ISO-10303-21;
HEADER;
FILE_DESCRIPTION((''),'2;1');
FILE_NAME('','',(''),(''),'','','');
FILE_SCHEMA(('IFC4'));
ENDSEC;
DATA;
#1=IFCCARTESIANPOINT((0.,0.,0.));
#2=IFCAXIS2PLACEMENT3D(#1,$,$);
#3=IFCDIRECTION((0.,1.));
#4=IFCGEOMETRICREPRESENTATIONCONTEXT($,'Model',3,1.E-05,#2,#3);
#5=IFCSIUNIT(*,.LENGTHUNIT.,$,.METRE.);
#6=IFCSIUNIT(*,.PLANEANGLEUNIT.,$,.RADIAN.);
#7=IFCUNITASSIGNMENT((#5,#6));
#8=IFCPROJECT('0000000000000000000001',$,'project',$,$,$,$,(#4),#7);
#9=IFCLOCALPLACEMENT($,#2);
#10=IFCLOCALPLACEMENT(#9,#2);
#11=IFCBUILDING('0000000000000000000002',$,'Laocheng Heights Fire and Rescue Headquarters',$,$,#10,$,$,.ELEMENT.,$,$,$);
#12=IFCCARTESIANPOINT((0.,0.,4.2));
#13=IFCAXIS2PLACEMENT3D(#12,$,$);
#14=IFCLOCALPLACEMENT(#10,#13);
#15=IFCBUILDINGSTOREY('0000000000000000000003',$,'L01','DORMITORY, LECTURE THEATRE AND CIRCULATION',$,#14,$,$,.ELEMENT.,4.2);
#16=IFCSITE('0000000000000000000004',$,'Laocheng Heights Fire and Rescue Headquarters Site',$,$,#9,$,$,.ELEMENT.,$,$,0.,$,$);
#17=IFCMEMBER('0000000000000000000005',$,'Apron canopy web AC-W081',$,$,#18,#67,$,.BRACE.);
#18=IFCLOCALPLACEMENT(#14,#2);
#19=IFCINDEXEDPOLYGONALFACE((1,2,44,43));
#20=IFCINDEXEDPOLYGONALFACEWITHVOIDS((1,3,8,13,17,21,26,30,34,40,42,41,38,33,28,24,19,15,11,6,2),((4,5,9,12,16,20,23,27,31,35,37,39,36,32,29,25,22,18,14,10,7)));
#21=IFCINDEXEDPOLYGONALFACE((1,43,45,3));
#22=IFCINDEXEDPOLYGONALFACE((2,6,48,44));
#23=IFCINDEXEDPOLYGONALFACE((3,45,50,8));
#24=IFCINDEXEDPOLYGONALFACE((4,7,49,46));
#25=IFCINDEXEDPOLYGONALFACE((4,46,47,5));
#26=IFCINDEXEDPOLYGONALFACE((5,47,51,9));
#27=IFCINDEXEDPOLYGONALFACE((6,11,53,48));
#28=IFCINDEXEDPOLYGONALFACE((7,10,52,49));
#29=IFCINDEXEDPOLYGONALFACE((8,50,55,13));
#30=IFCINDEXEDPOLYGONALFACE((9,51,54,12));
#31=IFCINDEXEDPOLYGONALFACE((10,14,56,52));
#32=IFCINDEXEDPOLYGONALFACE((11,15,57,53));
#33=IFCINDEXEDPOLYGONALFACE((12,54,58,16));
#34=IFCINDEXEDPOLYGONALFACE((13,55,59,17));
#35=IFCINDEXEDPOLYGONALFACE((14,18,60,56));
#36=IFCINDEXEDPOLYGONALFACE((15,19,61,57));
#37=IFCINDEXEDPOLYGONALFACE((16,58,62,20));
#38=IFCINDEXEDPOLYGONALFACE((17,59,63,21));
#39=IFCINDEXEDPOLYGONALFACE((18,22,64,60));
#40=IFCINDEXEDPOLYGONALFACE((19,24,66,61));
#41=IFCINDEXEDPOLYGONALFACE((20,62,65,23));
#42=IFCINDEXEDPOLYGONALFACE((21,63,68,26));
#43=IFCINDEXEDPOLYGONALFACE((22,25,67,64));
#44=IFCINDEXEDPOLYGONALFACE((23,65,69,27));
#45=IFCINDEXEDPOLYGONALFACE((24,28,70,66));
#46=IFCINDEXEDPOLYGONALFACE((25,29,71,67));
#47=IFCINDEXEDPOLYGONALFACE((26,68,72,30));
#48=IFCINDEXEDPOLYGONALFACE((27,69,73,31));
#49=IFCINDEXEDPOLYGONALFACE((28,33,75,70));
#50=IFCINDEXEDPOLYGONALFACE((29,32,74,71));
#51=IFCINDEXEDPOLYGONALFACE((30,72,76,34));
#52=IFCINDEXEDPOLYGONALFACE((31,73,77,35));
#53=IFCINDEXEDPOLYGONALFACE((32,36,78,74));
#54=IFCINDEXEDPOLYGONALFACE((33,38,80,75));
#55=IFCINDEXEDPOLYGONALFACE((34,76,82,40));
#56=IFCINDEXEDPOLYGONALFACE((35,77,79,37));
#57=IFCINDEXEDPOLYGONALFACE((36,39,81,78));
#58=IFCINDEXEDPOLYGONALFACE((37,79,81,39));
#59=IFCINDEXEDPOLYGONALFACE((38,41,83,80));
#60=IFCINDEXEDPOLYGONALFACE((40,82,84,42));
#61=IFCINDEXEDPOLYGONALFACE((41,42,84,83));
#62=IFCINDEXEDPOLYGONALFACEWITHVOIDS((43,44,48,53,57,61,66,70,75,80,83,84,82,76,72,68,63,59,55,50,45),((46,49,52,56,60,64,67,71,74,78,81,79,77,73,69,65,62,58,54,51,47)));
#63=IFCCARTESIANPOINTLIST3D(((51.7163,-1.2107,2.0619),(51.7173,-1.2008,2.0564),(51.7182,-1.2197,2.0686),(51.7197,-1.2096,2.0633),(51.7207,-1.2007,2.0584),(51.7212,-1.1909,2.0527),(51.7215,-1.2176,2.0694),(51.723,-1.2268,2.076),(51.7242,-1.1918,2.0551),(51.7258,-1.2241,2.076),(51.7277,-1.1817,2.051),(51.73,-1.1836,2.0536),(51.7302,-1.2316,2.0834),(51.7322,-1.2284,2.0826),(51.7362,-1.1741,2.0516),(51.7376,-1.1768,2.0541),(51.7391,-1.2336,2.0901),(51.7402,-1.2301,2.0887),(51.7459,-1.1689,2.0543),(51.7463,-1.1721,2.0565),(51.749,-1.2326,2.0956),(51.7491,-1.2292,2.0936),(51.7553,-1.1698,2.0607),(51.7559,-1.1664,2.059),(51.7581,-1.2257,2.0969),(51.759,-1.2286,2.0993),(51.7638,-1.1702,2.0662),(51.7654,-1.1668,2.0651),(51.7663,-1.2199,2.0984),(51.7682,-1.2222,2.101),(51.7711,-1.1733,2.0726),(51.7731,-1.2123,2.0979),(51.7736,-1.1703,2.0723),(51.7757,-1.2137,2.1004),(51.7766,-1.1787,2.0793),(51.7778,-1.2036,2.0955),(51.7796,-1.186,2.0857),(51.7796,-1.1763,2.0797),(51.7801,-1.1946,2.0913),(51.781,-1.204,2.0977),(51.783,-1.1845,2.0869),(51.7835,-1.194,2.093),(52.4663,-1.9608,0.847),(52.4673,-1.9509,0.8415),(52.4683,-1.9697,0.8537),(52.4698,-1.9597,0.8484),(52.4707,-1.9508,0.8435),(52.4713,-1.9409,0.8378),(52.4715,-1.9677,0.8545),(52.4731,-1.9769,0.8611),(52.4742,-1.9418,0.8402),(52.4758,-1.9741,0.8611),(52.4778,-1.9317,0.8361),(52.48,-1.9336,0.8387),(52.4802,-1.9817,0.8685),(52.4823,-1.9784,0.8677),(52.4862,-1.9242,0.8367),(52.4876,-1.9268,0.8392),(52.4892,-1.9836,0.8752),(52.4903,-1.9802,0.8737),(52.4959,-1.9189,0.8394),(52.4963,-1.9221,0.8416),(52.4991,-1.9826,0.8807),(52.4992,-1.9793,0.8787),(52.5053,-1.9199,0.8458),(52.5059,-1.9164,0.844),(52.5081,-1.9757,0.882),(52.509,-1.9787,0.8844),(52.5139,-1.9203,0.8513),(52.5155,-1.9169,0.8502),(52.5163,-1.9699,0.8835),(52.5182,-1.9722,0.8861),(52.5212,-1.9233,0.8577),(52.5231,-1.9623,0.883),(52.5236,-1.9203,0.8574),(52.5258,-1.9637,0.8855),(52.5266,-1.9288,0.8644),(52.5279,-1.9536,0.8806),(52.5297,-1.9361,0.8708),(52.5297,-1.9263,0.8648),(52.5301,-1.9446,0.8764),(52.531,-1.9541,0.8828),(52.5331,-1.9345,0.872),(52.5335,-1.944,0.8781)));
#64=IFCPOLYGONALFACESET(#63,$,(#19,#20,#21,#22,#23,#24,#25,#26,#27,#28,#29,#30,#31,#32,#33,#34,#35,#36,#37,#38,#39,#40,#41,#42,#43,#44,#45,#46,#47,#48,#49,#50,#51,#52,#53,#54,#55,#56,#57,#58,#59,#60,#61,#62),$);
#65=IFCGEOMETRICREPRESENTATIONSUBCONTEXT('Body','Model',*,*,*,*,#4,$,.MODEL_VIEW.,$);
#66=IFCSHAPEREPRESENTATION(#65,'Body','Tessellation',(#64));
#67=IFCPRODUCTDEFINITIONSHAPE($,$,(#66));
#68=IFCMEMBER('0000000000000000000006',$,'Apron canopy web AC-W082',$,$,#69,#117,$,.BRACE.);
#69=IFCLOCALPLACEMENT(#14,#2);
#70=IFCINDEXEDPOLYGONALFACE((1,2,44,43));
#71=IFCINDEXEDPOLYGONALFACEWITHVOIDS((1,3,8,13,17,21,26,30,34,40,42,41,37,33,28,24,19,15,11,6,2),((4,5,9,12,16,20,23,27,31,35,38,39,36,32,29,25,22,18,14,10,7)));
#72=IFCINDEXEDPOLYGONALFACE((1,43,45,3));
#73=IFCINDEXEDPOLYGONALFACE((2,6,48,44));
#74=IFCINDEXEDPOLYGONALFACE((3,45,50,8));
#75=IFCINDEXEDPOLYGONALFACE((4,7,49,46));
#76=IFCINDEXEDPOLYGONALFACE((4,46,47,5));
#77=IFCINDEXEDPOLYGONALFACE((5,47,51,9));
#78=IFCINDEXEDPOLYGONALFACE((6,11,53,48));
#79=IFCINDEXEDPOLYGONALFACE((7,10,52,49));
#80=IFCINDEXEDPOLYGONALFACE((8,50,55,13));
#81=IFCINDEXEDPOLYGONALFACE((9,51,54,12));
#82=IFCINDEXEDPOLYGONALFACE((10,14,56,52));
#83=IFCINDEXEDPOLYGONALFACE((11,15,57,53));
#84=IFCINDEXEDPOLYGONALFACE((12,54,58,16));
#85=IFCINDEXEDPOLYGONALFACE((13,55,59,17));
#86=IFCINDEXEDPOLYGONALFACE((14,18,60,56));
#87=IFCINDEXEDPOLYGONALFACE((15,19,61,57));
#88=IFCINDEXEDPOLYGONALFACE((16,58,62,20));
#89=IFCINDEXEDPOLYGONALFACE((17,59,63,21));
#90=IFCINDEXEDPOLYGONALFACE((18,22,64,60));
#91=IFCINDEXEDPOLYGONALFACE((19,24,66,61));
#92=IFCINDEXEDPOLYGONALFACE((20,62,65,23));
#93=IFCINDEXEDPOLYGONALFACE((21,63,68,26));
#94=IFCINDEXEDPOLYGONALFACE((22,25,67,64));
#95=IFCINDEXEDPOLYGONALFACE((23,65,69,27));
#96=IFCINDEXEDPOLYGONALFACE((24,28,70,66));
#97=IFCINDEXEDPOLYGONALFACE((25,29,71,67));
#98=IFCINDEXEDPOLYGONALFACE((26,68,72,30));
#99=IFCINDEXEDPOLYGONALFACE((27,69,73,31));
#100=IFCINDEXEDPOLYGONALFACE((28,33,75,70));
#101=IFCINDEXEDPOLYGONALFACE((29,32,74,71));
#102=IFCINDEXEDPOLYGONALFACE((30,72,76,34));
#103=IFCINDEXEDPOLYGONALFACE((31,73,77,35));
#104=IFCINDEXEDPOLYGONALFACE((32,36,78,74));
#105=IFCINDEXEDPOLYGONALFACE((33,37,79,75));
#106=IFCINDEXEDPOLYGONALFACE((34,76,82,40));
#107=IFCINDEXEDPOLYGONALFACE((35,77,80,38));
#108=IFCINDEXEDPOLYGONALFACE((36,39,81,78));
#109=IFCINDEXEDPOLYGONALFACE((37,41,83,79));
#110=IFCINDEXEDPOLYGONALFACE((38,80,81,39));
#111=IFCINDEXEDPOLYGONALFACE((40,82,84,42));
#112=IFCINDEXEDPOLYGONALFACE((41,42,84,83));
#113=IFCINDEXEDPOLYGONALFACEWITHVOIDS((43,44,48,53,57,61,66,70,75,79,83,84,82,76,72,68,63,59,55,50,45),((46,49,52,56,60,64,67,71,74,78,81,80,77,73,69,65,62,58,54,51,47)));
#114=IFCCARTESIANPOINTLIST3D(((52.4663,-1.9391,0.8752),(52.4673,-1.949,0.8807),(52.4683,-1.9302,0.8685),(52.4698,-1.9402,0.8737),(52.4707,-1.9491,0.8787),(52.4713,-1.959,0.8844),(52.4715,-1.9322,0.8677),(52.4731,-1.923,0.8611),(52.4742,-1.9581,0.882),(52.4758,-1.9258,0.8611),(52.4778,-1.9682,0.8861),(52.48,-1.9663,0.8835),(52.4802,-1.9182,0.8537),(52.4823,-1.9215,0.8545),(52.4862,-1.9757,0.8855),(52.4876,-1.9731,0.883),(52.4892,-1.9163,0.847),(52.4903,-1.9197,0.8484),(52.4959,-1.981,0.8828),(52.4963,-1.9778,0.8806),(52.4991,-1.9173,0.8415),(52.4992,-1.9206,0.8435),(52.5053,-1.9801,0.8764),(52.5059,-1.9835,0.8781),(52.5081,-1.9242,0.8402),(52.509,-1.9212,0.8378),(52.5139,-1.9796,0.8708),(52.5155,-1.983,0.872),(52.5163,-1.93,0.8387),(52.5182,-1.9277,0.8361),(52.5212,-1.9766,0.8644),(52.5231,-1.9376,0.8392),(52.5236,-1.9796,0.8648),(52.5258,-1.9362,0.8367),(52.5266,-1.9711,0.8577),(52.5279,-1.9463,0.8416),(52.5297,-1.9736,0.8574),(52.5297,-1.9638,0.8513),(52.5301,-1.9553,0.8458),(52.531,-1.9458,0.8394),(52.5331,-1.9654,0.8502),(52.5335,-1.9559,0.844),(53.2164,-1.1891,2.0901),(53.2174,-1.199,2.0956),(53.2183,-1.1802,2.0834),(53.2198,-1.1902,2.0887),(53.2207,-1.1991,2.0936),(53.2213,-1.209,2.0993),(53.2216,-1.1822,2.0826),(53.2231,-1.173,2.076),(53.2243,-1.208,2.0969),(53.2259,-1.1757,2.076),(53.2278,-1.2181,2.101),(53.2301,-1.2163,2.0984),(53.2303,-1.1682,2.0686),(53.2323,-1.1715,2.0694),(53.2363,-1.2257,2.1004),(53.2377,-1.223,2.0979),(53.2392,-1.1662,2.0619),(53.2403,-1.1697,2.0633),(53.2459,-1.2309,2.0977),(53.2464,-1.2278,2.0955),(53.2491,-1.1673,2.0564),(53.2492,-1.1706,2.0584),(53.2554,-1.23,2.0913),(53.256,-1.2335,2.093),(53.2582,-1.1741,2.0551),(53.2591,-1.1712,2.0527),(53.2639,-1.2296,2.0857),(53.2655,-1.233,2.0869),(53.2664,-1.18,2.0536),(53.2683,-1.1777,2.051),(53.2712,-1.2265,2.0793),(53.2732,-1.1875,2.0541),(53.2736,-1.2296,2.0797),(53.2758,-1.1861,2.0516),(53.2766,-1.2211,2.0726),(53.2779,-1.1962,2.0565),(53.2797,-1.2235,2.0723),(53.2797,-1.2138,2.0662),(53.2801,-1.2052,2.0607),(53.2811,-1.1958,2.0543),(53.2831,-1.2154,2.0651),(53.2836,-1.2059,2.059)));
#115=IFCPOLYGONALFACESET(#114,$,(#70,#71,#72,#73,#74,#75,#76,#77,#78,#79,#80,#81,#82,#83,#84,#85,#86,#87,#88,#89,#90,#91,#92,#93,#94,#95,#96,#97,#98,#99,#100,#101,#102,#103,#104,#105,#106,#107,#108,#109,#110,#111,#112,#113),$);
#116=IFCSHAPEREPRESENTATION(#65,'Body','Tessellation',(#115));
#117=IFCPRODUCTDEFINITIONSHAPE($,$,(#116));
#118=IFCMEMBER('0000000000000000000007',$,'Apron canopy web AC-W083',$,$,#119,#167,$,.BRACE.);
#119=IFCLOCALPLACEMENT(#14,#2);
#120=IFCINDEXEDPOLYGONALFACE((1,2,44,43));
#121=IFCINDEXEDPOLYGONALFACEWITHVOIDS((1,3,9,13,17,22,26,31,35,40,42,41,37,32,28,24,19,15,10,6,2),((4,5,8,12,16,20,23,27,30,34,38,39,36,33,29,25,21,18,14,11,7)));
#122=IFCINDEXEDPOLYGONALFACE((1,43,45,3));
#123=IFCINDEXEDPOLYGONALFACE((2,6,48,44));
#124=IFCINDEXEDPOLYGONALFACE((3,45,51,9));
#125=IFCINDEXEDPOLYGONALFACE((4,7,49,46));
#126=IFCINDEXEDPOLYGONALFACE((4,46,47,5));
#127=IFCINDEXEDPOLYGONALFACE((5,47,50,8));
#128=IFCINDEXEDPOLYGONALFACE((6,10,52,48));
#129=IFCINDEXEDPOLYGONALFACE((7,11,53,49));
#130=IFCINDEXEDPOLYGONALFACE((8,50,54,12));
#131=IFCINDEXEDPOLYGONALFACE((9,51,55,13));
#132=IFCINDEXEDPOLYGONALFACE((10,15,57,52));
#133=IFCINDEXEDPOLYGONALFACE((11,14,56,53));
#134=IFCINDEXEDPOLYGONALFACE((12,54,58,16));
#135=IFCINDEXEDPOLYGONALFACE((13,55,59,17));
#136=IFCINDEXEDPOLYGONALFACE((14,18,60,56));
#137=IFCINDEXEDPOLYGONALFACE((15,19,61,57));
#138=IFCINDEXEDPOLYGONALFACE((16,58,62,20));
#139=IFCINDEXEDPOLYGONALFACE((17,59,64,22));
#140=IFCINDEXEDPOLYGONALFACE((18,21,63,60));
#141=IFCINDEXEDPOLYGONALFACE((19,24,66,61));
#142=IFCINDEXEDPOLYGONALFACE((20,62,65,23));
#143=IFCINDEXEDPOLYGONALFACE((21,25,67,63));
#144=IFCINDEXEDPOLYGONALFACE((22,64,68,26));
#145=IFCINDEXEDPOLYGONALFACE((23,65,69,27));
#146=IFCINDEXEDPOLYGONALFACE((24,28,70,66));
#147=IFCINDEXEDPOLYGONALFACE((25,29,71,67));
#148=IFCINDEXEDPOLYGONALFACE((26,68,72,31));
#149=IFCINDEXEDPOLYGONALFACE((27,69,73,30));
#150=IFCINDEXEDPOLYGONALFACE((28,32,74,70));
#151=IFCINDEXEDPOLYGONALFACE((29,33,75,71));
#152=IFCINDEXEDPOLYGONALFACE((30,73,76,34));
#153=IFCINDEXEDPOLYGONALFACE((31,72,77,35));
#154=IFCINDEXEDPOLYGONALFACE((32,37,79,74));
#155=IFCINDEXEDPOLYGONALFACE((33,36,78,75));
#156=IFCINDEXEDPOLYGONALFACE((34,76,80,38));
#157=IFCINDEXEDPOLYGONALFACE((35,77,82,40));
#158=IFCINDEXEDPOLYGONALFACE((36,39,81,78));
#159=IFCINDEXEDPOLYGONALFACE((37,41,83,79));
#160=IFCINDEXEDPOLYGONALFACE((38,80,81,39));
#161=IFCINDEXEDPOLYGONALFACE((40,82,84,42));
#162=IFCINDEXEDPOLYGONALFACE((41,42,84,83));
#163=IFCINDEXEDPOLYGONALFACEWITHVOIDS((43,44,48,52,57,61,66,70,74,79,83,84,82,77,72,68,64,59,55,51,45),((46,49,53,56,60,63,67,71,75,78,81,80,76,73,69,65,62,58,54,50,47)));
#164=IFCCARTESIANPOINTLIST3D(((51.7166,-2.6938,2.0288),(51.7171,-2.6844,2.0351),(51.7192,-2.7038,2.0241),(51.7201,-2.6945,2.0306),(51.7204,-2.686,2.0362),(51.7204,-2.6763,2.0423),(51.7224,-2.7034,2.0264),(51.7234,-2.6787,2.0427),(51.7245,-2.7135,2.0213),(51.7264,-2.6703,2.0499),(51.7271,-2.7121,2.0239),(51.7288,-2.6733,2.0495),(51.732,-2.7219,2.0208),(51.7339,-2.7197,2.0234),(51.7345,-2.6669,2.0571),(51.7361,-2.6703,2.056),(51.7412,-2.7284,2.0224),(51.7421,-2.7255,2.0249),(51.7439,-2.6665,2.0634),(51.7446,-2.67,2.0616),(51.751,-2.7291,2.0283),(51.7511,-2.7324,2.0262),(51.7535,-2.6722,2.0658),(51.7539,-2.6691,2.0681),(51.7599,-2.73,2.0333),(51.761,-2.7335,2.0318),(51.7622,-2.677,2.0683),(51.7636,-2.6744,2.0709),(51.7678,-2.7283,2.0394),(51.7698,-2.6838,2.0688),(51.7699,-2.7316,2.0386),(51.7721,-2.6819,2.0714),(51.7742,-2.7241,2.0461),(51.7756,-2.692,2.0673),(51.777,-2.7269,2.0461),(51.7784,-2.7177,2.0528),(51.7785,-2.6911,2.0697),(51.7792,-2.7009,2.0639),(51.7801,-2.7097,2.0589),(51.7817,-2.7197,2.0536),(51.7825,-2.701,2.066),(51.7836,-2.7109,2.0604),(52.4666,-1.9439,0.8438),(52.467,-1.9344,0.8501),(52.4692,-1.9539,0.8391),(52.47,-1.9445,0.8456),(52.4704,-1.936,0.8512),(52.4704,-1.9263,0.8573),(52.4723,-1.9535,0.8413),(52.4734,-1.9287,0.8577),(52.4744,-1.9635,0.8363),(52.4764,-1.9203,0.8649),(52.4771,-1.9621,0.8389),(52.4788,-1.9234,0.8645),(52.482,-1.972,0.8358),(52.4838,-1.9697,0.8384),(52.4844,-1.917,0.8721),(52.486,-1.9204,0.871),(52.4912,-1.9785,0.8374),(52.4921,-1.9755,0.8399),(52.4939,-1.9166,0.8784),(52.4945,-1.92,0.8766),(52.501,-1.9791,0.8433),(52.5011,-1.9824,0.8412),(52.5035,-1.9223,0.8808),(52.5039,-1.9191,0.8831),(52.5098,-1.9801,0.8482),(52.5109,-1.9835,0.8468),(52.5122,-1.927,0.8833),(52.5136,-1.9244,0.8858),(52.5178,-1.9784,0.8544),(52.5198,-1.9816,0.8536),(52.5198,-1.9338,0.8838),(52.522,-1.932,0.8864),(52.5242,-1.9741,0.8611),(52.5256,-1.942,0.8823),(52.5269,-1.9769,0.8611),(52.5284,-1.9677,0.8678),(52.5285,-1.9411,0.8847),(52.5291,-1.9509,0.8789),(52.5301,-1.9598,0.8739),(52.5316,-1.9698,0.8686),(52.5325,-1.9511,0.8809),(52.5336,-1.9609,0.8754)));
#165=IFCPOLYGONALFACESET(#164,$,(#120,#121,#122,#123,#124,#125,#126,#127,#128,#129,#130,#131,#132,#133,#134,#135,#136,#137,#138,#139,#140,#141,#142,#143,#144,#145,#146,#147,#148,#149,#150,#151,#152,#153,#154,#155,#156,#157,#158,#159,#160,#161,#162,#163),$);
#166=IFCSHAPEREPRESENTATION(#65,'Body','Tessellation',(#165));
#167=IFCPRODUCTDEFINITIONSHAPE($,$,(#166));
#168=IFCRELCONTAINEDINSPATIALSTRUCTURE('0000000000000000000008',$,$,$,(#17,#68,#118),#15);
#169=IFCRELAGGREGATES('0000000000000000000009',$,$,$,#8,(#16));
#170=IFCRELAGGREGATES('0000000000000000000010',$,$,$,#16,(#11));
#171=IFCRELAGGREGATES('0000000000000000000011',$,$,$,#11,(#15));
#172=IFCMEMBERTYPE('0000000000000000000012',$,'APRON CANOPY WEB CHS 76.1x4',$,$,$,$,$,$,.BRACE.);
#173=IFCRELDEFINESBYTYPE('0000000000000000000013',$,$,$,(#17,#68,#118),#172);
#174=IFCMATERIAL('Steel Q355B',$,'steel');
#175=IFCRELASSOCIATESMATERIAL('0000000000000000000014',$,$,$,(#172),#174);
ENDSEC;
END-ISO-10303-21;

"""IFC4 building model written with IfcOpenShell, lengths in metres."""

from ifc_helpers import new_model, si_unit, direction, frame, origin, origin_2d, place, context, subcontext, project, spatial, hollow_circle, extrude, material, material_profile, profile_set, type_object, element, save


model = new_model("IFC4")

# Units and contexts
model_context = context("Model", 3, precision=1e-05, world=origin(), true_north=direction((0.0, 1.0)))
body_context = subcontext(model_context, "Body", "Model", "MODEL_VIEW")
ifc_project = project(units=[si_unit("LENGTHUNIT", "METRE"), si_unit("PLANEANGLEUNIT", "RADIAN")], contexts=[model_context])

# Site, building, storey
site_placement = place(None, origin())
site = spatial("IfcSite", under=ifc_project, at=site_placement, Name="Laocheng Heights Fire and Rescue Headquarters Site", CompositionType="ELEMENT", RefElevation=0.0)
building_placement = place(site_placement, origin())
building = spatial("IfcBuilding", under=site, at=building_placement, Name="Laocheng Heights Fire and Rescue Headquarters", CompositionType="ELEMENT")
storey_placement = place(building_placement, frame((0.0, 0.0, 4.2)))
storey = spatial("IfcBuildingStorey", under=building, at=storey_placement, Name="L01", Description="DORMITORY, LECTURE THEATRE AND CIRCULATION", CompositionType="ELEMENT", Elevation=4.2)

# Members
ifc_material_1 = material(Name="Steel Q355B", Category="steel")
ifc_material_profile_1 = material_profile(ifc_material_1, hollow_circle(Radius=0.0381, WallThickness=0.0039, at=origin_2d()), Name="CHS 76.1x4")
ifc_profile_set_1 = profile_set([ifc_material_profile_1], Name="Steel Q355B")
member_type_1 = type_object("IfcMemberType", Name="APRON CANOPY WEB CHS 76.1x4", PredefinedType="BRACE", material=ifc_profile_set_1)
for number, where, z_axis, x_axis, name in (
    (1, (52.5, -1.95, 0.8611), (-0.465055, 0.465055, 0.753292), (-0.707107, -0.707107, 0.0), "Apron canopy web AC-W081"),
    (2, (52.5, -1.95, 0.8611), (0.465055, 0.465055, 0.753292), (-0.707107, 0.707107, 0.0), "Apron canopy web AC-W082"),
):
    element("IfcMember", number, at=place(storey_placement, frame(where, z_axis=z_axis, x_axis=x_axis)), inside=storey, type_object=member_type_1, Name=name, PredefinedType="BRACE", context=body_context, shape_type="SweptSolid", body=[
        extrude(hollow_circle(Radius=0.0381, WallThickness=0.0039, at=origin_2d()), origin(), (0.0, 0.0, 1.0), 1.6128),
    ])
for number, where, z_axis, x_axis, name in (
    (3, (52.5, -1.95, 0.8611), (-0.47158, -0.47158, 0.745134), (0.707107, -0.707107, 0.0), "Apron canopy web AC-W083"),
):
    element("IfcMember", number, at=place(storey_placement, frame(where, z_axis=z_axis, x_axis=x_axis)), inside=storey, type_object=member_type_1, Name=name, PredefinedType="BRACE", context=body_context, shape_type="SweptSolid", body=[
        extrude(hollow_circle(Radius=0.0381, WallThickness=0.0039, at=origin_2d()), origin(), (0.0, 0.0, 1.0), 1.5903),
    ])

save(model, "model.ifc")
